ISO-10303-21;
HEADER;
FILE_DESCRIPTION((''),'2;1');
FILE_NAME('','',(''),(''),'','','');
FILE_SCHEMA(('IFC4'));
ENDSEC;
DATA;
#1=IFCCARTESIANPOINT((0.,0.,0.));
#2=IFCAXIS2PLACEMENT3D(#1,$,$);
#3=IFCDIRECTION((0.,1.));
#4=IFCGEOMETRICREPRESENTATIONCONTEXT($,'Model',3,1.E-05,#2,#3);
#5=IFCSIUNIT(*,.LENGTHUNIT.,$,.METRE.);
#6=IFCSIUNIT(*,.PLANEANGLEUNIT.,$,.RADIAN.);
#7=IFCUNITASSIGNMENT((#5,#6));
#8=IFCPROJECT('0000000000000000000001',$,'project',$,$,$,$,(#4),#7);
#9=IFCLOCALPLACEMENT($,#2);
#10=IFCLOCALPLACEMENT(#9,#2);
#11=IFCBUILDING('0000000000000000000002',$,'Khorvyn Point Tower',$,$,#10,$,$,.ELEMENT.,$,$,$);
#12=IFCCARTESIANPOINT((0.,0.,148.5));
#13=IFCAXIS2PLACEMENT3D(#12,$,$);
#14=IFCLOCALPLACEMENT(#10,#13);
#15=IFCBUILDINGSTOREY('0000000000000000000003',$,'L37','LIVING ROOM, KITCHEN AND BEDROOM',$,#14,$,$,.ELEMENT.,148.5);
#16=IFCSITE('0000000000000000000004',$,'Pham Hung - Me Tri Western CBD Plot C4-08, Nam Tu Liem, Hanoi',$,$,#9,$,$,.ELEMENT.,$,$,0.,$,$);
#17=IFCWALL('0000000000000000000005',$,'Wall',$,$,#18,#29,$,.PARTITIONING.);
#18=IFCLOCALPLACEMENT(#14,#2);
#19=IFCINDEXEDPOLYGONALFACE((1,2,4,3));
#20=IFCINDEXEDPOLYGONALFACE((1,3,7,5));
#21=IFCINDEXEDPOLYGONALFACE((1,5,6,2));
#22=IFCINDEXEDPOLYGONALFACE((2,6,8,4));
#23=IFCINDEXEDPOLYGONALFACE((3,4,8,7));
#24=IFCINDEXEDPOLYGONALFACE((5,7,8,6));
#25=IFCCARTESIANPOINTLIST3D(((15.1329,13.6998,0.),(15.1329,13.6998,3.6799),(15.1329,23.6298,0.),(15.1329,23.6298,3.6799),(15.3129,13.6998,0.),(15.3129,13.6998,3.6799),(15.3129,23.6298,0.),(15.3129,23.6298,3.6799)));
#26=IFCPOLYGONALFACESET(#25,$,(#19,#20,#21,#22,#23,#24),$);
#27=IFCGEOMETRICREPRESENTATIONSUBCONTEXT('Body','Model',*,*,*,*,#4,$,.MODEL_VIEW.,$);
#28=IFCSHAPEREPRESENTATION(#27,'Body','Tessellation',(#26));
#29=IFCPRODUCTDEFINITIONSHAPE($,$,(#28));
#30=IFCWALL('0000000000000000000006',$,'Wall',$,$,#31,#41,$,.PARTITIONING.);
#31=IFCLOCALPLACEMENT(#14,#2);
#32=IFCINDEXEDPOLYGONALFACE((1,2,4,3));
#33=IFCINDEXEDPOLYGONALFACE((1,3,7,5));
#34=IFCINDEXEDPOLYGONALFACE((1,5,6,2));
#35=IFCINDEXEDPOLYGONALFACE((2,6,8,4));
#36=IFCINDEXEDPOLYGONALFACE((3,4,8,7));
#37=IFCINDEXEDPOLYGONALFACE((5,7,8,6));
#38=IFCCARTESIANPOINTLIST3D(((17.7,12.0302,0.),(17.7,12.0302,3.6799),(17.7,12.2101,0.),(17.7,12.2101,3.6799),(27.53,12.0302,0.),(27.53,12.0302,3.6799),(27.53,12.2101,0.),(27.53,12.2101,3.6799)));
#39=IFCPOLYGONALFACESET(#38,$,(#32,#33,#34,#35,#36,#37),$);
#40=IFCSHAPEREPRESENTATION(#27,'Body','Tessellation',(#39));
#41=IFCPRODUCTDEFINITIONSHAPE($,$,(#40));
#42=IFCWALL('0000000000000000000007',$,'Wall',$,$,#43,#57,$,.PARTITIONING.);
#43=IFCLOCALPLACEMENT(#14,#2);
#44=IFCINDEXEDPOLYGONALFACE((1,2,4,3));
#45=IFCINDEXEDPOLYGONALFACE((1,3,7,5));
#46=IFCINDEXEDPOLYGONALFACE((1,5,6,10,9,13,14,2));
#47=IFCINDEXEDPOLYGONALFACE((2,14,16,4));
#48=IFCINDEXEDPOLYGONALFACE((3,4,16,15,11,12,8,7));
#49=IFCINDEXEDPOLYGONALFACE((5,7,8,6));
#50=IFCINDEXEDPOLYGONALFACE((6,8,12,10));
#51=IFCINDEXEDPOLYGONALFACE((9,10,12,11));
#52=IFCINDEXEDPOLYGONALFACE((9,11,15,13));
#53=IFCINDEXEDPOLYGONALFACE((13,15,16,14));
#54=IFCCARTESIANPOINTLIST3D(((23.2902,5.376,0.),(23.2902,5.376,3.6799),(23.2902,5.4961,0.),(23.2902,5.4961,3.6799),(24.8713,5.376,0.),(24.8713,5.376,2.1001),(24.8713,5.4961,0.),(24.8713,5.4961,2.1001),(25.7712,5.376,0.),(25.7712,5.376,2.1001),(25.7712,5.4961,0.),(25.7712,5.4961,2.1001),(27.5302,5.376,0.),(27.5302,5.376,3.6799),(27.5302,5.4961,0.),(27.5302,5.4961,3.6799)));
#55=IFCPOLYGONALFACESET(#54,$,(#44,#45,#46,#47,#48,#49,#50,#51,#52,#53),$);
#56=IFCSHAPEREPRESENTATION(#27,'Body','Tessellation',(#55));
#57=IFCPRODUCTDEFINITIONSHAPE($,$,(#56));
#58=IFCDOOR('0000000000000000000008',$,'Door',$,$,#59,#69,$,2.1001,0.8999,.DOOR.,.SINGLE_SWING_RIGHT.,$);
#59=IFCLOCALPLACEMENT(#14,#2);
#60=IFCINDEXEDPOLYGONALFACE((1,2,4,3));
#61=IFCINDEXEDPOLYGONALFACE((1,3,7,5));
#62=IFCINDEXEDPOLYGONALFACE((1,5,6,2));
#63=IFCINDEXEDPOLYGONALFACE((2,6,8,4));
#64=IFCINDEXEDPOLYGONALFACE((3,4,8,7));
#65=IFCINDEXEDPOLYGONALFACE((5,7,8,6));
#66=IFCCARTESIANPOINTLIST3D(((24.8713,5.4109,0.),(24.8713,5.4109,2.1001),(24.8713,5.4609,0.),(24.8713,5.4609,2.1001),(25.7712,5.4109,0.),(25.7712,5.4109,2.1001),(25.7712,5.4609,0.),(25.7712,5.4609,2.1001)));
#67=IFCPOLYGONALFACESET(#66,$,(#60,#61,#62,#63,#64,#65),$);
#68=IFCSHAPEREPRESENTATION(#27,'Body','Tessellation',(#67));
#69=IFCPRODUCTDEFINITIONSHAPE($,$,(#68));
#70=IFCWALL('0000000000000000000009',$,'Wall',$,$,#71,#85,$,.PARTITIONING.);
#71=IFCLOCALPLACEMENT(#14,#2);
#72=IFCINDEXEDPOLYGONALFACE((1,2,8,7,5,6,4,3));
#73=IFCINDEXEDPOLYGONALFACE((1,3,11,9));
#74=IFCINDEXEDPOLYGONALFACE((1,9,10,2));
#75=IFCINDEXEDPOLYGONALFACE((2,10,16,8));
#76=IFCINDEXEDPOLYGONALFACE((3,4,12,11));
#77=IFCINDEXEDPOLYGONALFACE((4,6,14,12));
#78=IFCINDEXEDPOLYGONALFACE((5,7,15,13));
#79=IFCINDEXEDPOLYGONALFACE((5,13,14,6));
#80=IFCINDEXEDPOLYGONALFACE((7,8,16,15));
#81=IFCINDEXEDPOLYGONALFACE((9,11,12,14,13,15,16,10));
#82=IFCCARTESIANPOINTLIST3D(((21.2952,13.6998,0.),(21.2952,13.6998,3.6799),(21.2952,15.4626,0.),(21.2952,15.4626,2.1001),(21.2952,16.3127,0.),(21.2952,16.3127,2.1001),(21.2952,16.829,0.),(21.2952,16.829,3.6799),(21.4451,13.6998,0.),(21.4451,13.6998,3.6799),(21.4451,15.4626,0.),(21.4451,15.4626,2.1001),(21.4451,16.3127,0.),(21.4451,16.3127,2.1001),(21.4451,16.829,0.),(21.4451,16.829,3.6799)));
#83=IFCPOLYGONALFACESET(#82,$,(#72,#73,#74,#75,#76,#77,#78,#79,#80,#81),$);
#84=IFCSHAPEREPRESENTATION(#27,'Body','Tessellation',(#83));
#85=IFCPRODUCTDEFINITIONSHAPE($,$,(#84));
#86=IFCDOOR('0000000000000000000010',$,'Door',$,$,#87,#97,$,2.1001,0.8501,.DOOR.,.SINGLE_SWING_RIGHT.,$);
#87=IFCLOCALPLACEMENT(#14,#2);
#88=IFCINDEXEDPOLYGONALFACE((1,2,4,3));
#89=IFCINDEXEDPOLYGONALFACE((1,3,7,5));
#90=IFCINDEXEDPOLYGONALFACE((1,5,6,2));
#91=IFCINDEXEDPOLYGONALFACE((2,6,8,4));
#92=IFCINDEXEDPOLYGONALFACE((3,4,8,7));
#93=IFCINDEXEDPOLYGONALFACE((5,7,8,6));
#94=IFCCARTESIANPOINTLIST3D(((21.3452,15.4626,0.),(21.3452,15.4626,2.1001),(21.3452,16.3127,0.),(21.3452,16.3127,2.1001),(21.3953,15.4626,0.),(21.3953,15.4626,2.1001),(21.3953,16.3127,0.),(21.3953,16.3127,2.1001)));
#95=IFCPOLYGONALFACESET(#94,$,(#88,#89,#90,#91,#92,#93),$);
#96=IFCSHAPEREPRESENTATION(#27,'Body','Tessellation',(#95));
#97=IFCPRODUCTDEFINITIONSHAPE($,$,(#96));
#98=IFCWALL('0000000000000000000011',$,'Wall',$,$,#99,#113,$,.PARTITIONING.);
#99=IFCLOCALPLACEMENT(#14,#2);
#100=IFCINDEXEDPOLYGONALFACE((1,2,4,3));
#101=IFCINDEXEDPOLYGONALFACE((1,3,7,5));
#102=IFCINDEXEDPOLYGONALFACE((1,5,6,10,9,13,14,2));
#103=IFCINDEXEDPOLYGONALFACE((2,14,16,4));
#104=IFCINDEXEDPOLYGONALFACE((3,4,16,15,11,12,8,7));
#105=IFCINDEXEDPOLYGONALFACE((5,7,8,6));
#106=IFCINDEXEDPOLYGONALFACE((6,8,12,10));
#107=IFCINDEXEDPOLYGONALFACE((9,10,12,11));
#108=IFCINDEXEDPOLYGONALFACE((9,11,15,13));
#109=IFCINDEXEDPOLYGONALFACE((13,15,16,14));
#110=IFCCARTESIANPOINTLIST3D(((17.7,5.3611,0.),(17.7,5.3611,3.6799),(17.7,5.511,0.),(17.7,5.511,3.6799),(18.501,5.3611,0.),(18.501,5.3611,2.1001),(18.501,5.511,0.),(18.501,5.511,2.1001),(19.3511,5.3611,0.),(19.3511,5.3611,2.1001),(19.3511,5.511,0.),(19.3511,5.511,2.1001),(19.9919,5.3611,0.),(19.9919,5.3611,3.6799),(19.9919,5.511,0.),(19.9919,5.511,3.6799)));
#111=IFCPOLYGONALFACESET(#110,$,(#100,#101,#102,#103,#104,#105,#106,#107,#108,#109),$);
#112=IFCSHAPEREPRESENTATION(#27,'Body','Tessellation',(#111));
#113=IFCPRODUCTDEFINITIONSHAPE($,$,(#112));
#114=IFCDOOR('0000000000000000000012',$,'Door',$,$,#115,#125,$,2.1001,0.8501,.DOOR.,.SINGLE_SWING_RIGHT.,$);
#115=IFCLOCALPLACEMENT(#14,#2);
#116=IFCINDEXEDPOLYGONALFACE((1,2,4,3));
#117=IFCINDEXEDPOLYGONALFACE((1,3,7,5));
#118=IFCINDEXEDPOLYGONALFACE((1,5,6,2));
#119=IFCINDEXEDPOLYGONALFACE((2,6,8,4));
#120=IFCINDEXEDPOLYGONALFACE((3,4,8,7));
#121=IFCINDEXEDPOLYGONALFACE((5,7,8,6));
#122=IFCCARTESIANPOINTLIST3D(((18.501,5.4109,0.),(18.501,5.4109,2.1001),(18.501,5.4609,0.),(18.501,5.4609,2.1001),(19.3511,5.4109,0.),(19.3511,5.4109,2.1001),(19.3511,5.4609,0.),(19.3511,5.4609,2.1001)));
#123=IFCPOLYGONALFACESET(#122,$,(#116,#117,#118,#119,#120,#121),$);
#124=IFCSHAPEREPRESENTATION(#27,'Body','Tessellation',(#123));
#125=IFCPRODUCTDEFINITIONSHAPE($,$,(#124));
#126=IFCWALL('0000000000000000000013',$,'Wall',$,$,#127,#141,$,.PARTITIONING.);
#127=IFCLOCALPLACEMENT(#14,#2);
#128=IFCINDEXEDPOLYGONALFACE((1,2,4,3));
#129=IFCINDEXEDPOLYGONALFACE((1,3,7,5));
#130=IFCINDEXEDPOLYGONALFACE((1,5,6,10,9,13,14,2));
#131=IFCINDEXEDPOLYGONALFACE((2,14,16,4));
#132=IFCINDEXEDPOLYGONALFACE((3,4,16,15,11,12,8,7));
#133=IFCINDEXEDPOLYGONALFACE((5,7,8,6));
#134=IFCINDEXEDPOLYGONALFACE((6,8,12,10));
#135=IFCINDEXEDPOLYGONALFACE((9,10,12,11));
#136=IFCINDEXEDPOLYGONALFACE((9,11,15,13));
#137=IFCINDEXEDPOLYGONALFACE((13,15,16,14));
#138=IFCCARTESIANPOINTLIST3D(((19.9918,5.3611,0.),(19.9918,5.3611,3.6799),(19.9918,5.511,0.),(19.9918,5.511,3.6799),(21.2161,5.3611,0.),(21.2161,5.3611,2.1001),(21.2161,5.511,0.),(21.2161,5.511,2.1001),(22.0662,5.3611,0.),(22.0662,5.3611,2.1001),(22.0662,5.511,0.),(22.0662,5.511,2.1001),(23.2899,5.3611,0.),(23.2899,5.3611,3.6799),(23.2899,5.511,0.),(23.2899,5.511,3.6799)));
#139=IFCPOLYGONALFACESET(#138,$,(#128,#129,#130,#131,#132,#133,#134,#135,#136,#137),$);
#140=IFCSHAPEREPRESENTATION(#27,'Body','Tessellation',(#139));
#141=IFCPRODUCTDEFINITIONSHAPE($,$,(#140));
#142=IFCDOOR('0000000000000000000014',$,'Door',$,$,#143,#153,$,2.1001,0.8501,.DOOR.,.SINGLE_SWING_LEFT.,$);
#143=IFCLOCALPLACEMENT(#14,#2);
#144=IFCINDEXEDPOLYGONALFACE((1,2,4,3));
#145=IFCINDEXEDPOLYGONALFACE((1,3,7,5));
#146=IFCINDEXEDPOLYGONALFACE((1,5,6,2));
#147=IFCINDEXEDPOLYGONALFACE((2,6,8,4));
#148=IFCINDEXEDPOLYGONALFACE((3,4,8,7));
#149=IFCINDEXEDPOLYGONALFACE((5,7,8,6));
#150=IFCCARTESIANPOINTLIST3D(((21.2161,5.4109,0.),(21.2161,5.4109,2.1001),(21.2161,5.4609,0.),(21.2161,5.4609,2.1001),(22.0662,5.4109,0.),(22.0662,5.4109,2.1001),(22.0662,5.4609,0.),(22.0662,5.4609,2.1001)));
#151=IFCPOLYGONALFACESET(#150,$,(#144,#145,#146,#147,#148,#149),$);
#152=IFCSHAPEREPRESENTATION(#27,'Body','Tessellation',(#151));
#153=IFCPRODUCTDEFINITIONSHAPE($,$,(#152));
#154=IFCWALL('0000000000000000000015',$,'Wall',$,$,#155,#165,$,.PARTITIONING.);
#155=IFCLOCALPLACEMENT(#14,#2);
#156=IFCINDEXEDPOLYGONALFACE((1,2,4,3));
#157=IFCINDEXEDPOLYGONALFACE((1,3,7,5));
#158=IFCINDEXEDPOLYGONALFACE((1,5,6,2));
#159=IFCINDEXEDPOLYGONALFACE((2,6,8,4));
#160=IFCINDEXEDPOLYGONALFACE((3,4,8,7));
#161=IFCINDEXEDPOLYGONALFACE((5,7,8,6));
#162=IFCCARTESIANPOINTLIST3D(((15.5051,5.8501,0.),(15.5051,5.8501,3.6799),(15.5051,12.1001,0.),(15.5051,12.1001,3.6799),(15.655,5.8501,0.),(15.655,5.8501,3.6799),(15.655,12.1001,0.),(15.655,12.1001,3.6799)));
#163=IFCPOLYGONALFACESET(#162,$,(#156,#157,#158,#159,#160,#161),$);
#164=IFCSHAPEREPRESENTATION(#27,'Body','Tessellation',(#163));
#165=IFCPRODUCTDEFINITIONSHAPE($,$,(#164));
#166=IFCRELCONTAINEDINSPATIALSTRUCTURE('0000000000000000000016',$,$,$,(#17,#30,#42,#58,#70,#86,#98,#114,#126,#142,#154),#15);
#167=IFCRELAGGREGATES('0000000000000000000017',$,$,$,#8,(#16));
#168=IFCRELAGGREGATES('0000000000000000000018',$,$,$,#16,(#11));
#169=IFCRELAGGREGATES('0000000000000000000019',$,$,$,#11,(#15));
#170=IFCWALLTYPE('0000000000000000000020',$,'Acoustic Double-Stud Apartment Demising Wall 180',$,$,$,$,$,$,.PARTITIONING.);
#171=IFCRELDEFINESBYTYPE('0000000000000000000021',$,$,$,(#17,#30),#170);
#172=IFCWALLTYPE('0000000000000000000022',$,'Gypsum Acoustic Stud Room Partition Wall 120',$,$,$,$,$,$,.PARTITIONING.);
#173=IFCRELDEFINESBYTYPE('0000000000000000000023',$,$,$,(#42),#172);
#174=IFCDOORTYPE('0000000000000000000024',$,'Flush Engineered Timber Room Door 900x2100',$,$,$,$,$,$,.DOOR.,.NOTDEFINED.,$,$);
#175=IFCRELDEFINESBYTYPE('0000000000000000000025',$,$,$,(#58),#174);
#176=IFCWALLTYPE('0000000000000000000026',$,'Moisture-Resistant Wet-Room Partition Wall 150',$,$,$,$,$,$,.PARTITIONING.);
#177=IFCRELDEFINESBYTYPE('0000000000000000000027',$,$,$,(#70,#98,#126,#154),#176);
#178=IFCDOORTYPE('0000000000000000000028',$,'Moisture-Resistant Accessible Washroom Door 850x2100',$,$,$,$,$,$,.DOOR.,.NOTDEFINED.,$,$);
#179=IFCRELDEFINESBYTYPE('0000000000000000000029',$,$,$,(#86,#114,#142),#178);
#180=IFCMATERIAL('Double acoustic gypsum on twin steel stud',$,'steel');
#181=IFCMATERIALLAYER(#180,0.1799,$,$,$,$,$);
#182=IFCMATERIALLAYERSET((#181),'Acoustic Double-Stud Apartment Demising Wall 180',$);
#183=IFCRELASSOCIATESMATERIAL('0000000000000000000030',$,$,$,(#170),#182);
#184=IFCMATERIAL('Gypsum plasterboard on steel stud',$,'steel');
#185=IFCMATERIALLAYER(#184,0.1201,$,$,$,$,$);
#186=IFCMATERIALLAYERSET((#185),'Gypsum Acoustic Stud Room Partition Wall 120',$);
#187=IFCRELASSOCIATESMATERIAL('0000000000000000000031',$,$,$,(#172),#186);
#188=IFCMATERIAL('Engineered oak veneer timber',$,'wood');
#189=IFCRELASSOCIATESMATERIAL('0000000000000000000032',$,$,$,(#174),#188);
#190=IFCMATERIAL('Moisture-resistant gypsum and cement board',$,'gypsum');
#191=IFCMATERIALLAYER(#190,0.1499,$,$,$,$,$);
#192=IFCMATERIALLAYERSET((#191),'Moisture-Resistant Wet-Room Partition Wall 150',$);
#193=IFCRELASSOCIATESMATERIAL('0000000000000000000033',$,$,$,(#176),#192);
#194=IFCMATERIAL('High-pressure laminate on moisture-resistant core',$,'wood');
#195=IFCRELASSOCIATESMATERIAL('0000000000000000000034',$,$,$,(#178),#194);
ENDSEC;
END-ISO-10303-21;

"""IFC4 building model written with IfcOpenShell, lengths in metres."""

from ifc_helpers import new_model, si_unit, direction, frame, frame_2d, origin, place, context, subcontext, project, spatial, rectangle, extrude, material, layer, layer_set, type_object, element, fill, save


model = new_model("IFC4")

# Units and contexts
model_context = context("Model", 3, precision=1e-05, world=origin(), true_north=direction((0.0, 1.0)))
body_context = subcontext(model_context, "Body", "Model", "MODEL_VIEW")
ifc_project = project(units=[si_unit("LENGTHUNIT", "METRE"), si_unit("PLANEANGLEUNIT", "RADIAN")], contexts=[model_context])

# Site, building, storey
site_placement = place(None, origin())
site = spatial("IfcSite", under=ifc_project, at=site_placement, Name="Pham Hung - Me Tri Western CBD Plot C4-08, Nam Tu Liem, Hanoi", CompositionType="ELEMENT", RefElevation=0.0)
building_placement = place(site_placement, origin())
building = spatial("IfcBuilding", under=site, at=building_placement, Name="Khorvyn Point Tower", CompositionType="ELEMENT")
storey_placement = place(building_placement, frame((0.0, 0.0, 148.5)))
storey = spatial("IfcBuildingStorey", under=building, at=storey_placement, Name="L37", Description="LIVING ROOM, KITCHEN AND BEDROOM", CompositionType="ELEMENT", Elevation=148.5)

# Shared definitions
ifc_material_1 = material(Name="Double acoustic gypsum on twin steel stud", Category="steel")
ifc_layer_1 = layer(ifc_material_1, 0.1799)
ifc_layer_set_1 = layer_set([ifc_layer_1], Name="Acoustic Double-Stud Apartment Demising Wall 180")
wall_type_1 = type_object("IfcWallType", Name="Acoustic Double-Stud Apartment Demising Wall 180", PredefinedType="PARTITIONING", material=ifc_layer_set_1)

# Walls
wall_1_placement = place(storey_placement, frame((15.2229, 13.7, 0.0), z_axis=(0.0, 0.0, 1.0), x_axis=(0.0, 1.0, 0.0)))
element("IfcWall", 1, at=wall_1_placement, inside=storey, type_object=wall_type_1, Name="Wall", PredefinedType="PARTITIONING", context=body_context, shape_type="SweptSolid", body=[
    extrude(rectangle(XDim=9.9299, YDim=0.1799, at=frame_2d((4.9648, 0.0))), origin(), (0.0, 0.0, 1.0), 3.6799),
])
wall_2_placement = place(storey_placement, frame((17.7, 12.1201, 0.0), z_axis=(0.0, 0.0, 1.0), x_axis=(1.0, 0.0, 0.0)))
element("IfcWall", 2, at=wall_2_placement, inside=storey, type_object=wall_type_1, Name="Wall", PredefinedType="PARTITIONING", context=body_context, shape_type="SweptSolid", body=[
    extrude(rectangle(XDim=9.8301, YDim=0.1799, at=frame_2d((4.915, 0.0))), origin(), (0.0, 0.0, 1.0), 3.6799),
])

# Walls, openings, doors
ifc_material_2 = material(Name="Gypsum plasterboard on steel stud", Category="steel")
ifc_layer_2 = layer(ifc_material_2, 0.1201)
ifc_layer_set_2 = layer_set([ifc_layer_2], Name="Gypsum Acoustic Stud Room Partition Wall 120")
wall_type_2 = type_object("IfcWallType", Name="Gypsum Acoustic Stud Room Partition Wall 120", PredefinedType="PARTITIONING", material=ifc_layer_set_2)
wall_3_placement = place(storey_placement, frame((23.29, 5.436, 0.0), z_axis=(0.0, 0.0, 1.0), x_axis=(1.0, 0.0, 0.0)))
wall_3 = element("IfcWall", 3, at=wall_3_placement, inside=storey, type_object=wall_type_2, Name="Wall", PredefinedType="PARTITIONING", context=body_context, shape_type="SweptSolid", body=[
    extrude(rectangle(XDim=4.24, YDim=0.1201, at=frame_2d((2.1201, 0.0))), origin(), (0.0, 0.0, 1.0), 3.6799),
])
opening_1_placement = place(wall_3_placement, frame((1.5813, 0.0, 0.0)))
opening_1 = element("IfcOpeningElement", 4, at=opening_1_placement, cuts=wall_3, PredefinedType="OPENING", context=body_context, shape_type="SweptSolid", body=[
    extrude(rectangle(XDim=0.8999, YDim=2.1001, at=frame_2d((0.45, 1.05))), frame((0.0, 0.0701, 0.0), z_axis=(0.0, -1.0, 0.0), x_axis=(1.0, 0.0, 0.0)), (0.0, 0.0, 1.0), 0.1401),
])
ifc_material_3 = material(Name="Engineered oak veneer timber", Category="wood")
door_type_1 = type_object("IfcDoorType", Name="Flush Engineered Timber Room Door 900x2100", OperationType="NOTDEFINED", PredefinedType="DOOR", material=ifc_material_3)
door_1_placement = place(opening_1_placement, origin())
door_1 = element("IfcDoor", 5, at=door_1_placement, inside=storey, type_object=door_type_1, Name="Door", OperationType="SINGLE_SWING_RIGHT", OverallHeight=2.1001, OverallWidth=0.8999, PredefinedType="DOOR", context=body_context, shape_type="SweptSolid", body=[
    extrude(rectangle(XDim=0.8999, YDim=2.1001, at=frame_2d((0.45, 1.05))), frame((0.0, 0.0249, 0.0), z_axis=(0.0, -1.0, 0.0), x_axis=(1.0, 0.0, 0.0)), (0.0, 0.0, 1.0), 0.05),
])
fill(opening_1, door_1)
ifc_material_4 = material(Name="Moisture-resistant gypsum and cement board", Category="gypsum")
ifc_layer_3 = layer(ifc_material_4, 0.1499)
ifc_layer_set_3 = layer_set([ifc_layer_3], Name="Moisture-Resistant Wet-Room Partition Wall 150")
wall_type_3 = type_object("IfcWallType", Name="Moisture-Resistant Wet-Room Partition Wall 150", PredefinedType="PARTITIONING", material=ifc_layer_set_3)
wall_4_placement = place(storey_placement, frame((21.3701, 13.7, 0.0), z_axis=(0.0, 0.0, 1.0), x_axis=(0.0, 1.0, 0.0)))
wall_4 = element("IfcWall", 6, at=wall_4_placement, inside=storey, type_object=wall_type_3, Name="Wall", PredefinedType="PARTITIONING", context=body_context, shape_type="SweptSolid", body=[
    extrude(rectangle(XDim=3.1292, YDim=0.1499, at=frame_2d((1.5645, 0.0))), origin(), (0.0, 0.0, 1.0), 3.6799),
])
opening_2_placement = place(wall_4_placement, frame((1.7627, 0.0, 0.0)))
opening_2 = element("IfcOpeningElement", 7, at=opening_2_placement, cuts=wall_4, PredefinedType="OPENING", context=body_context, shape_type="SweptSolid", body=[
    extrude(rectangle(XDim=0.8501, YDim=2.1001, at=frame_2d((0.425, 1.05))), frame((0.0, 0.085, 0.0), z_axis=(0.0, -1.0, 0.0), x_axis=(1.0, 0.0, 0.0)), (0.0, 0.0, 1.0), 0.1699),
])
ifc_material_5 = material(Name="High-pressure laminate on moisture-resistant core", Category="wood")
door_type_2 = type_object("IfcDoorType", Name="Moisture-Resistant Accessible Washroom Door 850x2100", OperationType="NOTDEFINED", PredefinedType="DOOR", material=ifc_material_5)
door_2_placement = place(opening_2_placement, origin())
door_2 = element("IfcDoor", 8, at=door_2_placement, inside=storey, type_object=door_type_2, Name="Door", OperationType="SINGLE_SWING_RIGHT", OverallHeight=2.1001, OverallWidth=0.8501, PredefinedType="DOOR", context=body_context, shape_type="SweptSolid", body=[
    extrude(rectangle(XDim=0.8501, YDim=2.1001, at=frame_2d((0.425, 1.05))), frame((0.0, 0.0249, 0.0), z_axis=(0.0, -1.0, 0.0), x_axis=(1.0, 0.0, 0.0)), (0.0, 0.0, 1.0), 0.05),
])
fill(opening_2, door_2)
wall_5_placement = place(storey_placement, frame((17.7, 5.436, 0.0), z_axis=(0.0, 0.0, 1.0), x_axis=(1.0, 0.0, 0.0)))
wall_5 = element("IfcWall", 9, at=wall_5_placement, inside=storey, type_object=wall_type_3, Name="Wall", PredefinedType="PARTITIONING", context=body_context, shape_type="SweptSolid", body=[
    extrude(rectangle(XDim=2.292, YDim=0.1499, at=frame_2d((1.146, 0.0))), origin(), (0.0, 0.0, 1.0), 3.6799),
])
opening_3_placement = place(wall_5_placement, frame((0.801, 0.0, 0.0)))
opening_3 = element("IfcOpeningElement", 10, at=opening_3_placement, cuts=wall_5, PredefinedType="OPENING", context=body_context, shape_type="SweptSolid", body=[
    extrude(rectangle(XDim=0.8501, YDim=2.1001, at=frame_2d((0.425, 1.05))), frame((0.0, 0.085, 0.0), z_axis=(0.0, -1.0, 0.0), x_axis=(1.0, 0.0, 0.0)), (0.0, 0.0, 1.0), 0.1699),
])
door_3_placement = place(opening_3_placement, origin())
door_3 = element("IfcDoor", 11, at=door_3_placement, inside=storey, type_object=door_type_2, Name="Door", OperationType="SINGLE_SWING_RIGHT", OverallHeight=2.1001, OverallWidth=0.8501, PredefinedType="DOOR", context=body_context, shape_type="SweptSolid", body=[
    extrude(rectangle(XDim=0.8501, YDim=2.1001, at=frame_2d((0.425, 1.05))), frame((0.0, 0.0249, 0.0), z_axis=(0.0, -1.0, 0.0), x_axis=(1.0, 0.0, 0.0)), (0.0, 0.0, 1.0), 0.05),
])
fill(opening_3, door_3)
wall_6_placement = place(storey_placement, frame((19.9919, 5.436, 0.0), z_axis=(0.0, 0.0, 1.0), x_axis=(1.0, 0.0, 0.0)))
wall_6 = element("IfcWall", 12, at=wall_6_placement, inside=storey, type_object=wall_type_3, Name="Wall", PredefinedType="PARTITIONING", context=body_context, shape_type="SweptSolid", body=[
    extrude(rectangle(XDim=3.2981, YDim=0.1499, at=frame_2d((1.6489, 0.0))), origin(), (0.0, 0.0, 1.0), 3.6799),
])
opening_4_placement = place(wall_6_placement, frame((1.2241, 0.0, 0.0)))
opening_4 = element("IfcOpeningElement", 13, at=opening_4_placement, cuts=wall_6, PredefinedType="OPENING", context=body_context, shape_type="SweptSolid", body=[
    extrude(rectangle(XDim=0.8501, YDim=2.1001, at=frame_2d((0.425, 1.05))), frame((0.0, 0.085, 0.0), z_axis=(0.0, -1.0, 0.0), x_axis=(1.0, 0.0, 0.0)), (0.0, 0.0, 1.0), 0.1699),
])
door_4_placement = place(opening_4_placement, origin())
door_4 = element("IfcDoor", 14, at=door_4_placement, inside=storey, type_object=door_type_2, Name="Door", OperationType="SINGLE_SWING_LEFT", OverallHeight=2.1001, OverallWidth=0.8501, PredefinedType="DOOR", context=body_context, shape_type="SweptSolid", body=[
    extrude(rectangle(XDim=0.8501, YDim=2.1001, at=frame_2d((0.425, 1.05))), frame((0.0, 0.0249, 0.0), z_axis=(0.0, -1.0, 0.0), x_axis=(1.0, 0.0, 0.0)), (0.0, 0.0, 1.0), 0.05),
])
fill(opening_4, door_4)

# Wall
wall_7_placement = place(storey_placement, frame((15.5801, 5.8501, 0.0), z_axis=(0.0, 0.0, 1.0), x_axis=(0.0, 1.0, 0.0)))
element("IfcWall", 15, at=wall_7_placement, inside=storey, type_object=wall_type_3, Name="Wall", PredefinedType="PARTITIONING", context=body_context, shape_type="SweptSolid", body=[
    extrude(rectangle(XDim=6.25, YDim=0.1499, at=frame_2d((3.125, 0.0))), origin(), (0.0, 0.0, 1.0), 3.6799),
])

save(model, "model.ifc")
